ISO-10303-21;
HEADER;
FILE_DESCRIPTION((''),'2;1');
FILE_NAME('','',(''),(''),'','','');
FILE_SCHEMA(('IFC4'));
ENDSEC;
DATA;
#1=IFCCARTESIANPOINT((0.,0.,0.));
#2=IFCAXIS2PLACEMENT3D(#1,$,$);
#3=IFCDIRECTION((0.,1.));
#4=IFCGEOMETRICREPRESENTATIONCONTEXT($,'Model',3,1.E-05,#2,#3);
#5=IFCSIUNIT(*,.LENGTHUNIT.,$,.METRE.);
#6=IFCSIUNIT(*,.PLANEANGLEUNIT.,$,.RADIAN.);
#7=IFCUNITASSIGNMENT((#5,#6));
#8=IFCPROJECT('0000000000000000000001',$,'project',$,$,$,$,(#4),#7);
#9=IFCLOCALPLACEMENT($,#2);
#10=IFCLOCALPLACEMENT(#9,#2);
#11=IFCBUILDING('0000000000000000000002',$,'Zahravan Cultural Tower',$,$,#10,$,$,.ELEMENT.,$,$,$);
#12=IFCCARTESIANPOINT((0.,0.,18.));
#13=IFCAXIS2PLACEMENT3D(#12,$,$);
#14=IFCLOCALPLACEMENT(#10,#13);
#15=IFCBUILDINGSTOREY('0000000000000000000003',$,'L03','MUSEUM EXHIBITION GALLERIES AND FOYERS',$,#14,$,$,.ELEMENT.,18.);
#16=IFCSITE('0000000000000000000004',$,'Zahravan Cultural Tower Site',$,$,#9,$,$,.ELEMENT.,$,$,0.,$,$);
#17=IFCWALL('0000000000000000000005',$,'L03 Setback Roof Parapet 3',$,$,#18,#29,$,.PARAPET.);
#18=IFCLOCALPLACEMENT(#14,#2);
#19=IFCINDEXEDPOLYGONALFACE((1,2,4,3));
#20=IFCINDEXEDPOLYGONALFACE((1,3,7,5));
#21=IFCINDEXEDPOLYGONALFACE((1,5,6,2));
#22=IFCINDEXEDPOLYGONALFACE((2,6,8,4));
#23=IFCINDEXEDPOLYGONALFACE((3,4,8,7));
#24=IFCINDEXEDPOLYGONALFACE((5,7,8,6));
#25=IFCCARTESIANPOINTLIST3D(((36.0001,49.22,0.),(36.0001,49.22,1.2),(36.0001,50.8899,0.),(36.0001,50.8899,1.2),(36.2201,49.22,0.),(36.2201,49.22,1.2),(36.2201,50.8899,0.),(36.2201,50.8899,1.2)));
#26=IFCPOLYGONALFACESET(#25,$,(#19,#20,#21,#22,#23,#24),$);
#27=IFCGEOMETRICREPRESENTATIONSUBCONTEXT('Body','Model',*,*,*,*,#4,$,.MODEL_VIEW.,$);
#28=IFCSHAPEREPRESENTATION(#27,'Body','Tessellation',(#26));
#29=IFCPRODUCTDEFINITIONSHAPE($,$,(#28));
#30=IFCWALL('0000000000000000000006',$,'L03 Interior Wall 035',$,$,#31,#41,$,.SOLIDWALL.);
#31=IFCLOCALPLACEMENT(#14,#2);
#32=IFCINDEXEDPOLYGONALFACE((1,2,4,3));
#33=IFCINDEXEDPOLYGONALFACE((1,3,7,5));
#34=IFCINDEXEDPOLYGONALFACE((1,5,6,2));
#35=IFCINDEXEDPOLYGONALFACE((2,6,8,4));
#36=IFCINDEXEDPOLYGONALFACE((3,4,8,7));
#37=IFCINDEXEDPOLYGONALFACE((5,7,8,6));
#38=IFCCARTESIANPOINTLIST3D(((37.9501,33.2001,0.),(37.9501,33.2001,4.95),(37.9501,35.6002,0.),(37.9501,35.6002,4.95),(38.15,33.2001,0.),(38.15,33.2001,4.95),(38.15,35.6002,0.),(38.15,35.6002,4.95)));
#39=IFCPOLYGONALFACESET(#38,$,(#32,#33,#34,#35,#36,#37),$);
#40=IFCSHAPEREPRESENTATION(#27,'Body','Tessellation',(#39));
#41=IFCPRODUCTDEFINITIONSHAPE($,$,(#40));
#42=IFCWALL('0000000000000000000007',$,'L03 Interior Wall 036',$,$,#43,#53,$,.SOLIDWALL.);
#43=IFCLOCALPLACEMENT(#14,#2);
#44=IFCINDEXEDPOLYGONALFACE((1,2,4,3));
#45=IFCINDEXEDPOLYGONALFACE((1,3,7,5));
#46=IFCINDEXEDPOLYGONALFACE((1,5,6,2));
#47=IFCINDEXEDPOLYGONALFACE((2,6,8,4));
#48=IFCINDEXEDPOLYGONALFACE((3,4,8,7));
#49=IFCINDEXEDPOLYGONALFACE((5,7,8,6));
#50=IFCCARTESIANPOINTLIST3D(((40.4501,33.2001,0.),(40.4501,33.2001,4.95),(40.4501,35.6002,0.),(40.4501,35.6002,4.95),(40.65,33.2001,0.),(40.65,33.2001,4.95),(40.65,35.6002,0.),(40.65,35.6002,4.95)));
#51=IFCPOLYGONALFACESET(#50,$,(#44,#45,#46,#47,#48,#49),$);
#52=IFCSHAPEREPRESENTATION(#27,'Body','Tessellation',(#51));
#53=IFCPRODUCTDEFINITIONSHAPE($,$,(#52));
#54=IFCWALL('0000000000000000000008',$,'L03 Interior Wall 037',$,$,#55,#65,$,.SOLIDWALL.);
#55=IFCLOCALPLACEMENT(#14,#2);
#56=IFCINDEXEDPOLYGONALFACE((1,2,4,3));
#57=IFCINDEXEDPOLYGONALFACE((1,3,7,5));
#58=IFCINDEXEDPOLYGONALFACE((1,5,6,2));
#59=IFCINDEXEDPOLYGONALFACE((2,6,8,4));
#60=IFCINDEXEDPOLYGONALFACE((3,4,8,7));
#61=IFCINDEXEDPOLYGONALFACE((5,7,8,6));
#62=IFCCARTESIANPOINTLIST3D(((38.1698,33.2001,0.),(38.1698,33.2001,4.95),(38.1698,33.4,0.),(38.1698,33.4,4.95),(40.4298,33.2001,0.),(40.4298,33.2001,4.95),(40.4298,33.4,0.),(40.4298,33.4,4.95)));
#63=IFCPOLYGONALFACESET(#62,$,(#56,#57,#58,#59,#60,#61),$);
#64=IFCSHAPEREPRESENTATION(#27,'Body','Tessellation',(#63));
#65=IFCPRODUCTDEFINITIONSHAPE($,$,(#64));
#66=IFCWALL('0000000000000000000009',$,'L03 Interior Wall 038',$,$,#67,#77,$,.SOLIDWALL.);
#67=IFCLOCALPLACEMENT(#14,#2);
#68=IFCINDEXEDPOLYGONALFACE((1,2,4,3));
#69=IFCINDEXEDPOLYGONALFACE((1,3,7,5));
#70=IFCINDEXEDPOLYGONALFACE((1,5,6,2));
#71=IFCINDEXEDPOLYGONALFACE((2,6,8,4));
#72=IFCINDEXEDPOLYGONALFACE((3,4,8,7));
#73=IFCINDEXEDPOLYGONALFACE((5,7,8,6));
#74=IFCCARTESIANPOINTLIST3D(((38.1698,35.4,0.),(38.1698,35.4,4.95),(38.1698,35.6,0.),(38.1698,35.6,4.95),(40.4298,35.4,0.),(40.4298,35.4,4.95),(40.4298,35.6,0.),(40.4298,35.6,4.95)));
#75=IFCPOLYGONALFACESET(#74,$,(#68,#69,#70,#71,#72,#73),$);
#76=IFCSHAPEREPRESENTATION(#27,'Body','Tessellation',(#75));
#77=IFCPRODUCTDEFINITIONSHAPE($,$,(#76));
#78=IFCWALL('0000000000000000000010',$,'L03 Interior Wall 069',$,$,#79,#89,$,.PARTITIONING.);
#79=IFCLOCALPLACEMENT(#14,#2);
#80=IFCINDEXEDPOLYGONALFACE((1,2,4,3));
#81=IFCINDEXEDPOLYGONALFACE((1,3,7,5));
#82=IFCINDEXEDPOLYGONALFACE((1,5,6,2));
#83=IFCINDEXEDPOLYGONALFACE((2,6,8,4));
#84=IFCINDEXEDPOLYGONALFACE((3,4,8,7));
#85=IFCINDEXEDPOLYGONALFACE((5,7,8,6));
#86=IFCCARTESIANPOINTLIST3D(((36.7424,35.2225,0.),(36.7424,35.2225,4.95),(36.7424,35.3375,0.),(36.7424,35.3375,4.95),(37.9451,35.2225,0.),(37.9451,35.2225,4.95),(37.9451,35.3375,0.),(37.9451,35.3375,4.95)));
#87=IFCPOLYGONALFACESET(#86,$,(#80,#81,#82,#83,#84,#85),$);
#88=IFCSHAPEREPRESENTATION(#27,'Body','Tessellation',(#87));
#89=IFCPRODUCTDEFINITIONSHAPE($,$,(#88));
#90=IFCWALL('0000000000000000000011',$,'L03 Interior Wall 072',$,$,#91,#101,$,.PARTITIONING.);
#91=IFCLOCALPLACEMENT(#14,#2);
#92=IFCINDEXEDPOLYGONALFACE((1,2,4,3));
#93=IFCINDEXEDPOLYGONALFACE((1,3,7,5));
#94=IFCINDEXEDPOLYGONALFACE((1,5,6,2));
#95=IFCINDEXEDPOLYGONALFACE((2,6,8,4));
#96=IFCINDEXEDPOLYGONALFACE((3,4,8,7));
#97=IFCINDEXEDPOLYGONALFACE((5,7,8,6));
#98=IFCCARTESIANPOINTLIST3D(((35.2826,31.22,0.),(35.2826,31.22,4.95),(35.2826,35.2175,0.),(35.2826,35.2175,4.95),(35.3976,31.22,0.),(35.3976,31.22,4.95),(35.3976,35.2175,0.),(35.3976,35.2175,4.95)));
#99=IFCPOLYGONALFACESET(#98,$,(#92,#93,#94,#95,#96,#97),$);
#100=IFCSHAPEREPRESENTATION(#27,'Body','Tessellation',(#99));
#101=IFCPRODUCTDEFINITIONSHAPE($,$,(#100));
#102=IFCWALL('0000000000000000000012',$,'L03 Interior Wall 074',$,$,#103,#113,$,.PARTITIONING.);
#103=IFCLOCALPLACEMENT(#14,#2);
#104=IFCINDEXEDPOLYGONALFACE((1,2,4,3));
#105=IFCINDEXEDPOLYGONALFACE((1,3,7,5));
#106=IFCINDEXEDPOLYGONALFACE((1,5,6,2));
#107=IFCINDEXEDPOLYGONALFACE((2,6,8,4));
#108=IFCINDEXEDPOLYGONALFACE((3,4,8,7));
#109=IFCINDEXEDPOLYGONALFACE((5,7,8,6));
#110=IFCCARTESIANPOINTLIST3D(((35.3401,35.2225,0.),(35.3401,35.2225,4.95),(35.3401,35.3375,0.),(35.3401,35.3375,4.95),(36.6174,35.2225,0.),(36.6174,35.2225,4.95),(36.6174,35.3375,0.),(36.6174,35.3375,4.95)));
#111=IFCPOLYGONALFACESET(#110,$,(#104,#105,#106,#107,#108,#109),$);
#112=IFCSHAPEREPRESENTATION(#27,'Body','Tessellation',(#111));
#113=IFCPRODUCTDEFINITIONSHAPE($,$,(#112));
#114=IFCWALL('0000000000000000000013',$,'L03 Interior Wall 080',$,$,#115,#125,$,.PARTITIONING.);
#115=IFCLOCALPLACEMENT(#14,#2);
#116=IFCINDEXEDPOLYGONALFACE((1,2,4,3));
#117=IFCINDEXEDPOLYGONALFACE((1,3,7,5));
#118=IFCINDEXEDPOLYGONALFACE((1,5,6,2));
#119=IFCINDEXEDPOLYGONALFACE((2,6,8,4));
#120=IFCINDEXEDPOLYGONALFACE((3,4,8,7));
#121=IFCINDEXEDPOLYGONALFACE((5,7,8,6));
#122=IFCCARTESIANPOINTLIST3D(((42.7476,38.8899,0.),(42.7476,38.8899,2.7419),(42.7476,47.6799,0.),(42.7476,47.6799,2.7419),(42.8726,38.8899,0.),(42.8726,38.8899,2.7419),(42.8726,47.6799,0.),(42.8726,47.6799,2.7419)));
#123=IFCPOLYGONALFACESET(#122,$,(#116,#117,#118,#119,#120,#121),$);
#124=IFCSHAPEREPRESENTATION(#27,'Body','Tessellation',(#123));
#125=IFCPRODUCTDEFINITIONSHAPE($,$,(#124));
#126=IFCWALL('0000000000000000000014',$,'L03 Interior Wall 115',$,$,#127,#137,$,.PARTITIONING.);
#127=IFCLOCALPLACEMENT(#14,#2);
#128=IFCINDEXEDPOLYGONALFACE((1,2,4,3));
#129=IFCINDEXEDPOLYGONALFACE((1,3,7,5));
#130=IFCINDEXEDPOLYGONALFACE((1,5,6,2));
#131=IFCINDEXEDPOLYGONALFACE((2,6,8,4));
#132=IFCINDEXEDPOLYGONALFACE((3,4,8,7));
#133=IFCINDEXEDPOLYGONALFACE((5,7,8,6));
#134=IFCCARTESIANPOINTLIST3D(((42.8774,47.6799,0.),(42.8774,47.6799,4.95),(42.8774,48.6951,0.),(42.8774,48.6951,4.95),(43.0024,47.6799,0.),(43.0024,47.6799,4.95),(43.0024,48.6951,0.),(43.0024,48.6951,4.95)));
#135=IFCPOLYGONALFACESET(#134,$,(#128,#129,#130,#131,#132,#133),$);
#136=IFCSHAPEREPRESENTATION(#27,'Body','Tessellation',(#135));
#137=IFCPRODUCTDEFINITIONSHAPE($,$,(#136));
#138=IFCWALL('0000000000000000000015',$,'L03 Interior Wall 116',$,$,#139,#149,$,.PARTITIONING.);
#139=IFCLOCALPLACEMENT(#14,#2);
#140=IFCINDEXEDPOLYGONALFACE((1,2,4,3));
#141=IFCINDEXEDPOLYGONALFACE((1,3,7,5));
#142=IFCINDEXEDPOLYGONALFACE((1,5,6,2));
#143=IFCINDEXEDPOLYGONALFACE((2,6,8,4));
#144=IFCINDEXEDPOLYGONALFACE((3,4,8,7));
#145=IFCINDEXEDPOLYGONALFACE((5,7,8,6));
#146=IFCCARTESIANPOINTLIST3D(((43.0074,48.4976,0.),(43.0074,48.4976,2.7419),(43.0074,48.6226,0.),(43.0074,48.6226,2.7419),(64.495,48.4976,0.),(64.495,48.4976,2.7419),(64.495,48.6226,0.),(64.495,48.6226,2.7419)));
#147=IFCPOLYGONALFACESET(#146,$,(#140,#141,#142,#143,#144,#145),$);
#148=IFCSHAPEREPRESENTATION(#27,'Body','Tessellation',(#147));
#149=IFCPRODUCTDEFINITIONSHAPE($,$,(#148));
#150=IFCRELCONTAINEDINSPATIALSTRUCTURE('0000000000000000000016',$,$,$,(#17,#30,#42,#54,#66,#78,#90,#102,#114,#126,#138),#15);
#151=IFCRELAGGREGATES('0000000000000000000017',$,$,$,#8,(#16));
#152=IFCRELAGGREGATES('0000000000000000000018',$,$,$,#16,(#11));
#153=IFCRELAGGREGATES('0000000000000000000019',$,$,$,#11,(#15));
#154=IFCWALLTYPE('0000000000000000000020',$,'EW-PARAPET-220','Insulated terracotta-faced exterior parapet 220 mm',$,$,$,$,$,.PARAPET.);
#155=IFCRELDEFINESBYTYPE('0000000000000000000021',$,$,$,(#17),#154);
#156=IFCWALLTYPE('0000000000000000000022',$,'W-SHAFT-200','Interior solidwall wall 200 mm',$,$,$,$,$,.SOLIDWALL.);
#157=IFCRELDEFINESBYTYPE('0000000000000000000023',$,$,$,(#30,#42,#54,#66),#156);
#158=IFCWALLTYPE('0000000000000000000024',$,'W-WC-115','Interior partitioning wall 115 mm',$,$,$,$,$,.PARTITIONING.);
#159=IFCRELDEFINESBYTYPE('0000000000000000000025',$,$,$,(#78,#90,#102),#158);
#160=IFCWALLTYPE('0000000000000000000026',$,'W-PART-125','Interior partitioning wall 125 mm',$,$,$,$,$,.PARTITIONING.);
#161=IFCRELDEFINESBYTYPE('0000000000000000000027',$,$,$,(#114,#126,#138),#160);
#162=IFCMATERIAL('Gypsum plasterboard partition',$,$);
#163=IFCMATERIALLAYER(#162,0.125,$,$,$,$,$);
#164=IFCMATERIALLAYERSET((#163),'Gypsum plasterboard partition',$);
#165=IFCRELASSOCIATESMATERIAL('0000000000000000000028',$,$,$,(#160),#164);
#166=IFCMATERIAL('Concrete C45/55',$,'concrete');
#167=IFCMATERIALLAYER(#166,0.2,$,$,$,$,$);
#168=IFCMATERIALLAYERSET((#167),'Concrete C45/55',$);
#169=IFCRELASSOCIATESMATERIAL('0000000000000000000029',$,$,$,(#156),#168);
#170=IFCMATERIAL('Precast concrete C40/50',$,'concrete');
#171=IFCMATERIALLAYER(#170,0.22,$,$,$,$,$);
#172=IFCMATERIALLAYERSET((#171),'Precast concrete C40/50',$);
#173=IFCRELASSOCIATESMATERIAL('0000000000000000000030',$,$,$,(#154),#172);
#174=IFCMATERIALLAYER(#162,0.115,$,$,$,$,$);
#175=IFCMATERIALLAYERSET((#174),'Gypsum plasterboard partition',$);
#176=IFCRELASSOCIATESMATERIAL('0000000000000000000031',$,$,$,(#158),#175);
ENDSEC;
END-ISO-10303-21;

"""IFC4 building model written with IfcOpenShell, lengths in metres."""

from ifc_helpers import new_model, si_unit, direction, frame, frame_2d, origin, place, context, subcontext, project, spatial, rectangle, extrude, source, transform, mapped, material, layer, layer_set, type_object, element, save


model = new_model("IFC4")

# Units and contexts
model_context = context("Model", 3, precision=1e-05, world=origin(), true_north=direction((0.0, 1.0)))
body_context = subcontext(model_context, "Body", "Model", "MODEL_VIEW")
ifc_project = project(units=[si_unit("LENGTHUNIT", "METRE"), si_unit("PLANEANGLEUNIT", "RADIAN")], contexts=[model_context])

# Site, building, storey
site_placement = place(None, origin())
site = spatial("IfcSite", under=ifc_project, at=site_placement, Name="Zahravan Cultural Tower Site", CompositionType="ELEMENT", RefElevation=0.0)
building_placement = place(site_placement, origin())
building = spatial("IfcBuilding", under=site, at=building_placement, Name="Zahravan Cultural Tower", CompositionType="ELEMENT")
storey_placement = place(building_placement, frame((0.0, 0.0, 18.0)))
storey = spatial("IfcBuildingStorey", under=building, at=storey_placement, Name="L03", Description="MUSEUM EXHIBITION GALLERIES AND FOYERS", CompositionType="ELEMENT", Elevation=18.0)

# Shared definitions
ifc_material_1 = material(Name="Gypsum plasterboard partition")
ifc_layer_1 = layer(ifc_material_1, 0.125)
ifc_layer_set_1 = layer_set([ifc_layer_1], Name="Gypsum plasterboard partition")
wall_type_1 = type_object("IfcWallType", Name="W-PART-125", Description="Interior partitioning wall 125 mm", PredefinedType="PARTITIONING", material=ifc_layer_set_1)
ifc_material_2 = material(Name="Concrete C45/55", Category="concrete")
ifc_layer_2 = layer(ifc_material_2, 0.2)
ifc_layer_set_2 = layer_set([ifc_layer_2], Name="Concrete C45/55")
wall_type_2 = type_object("IfcWallType", Name="W-SHAFT-200", Description="Interior solidwall wall 200 mm", PredefinedType="SOLIDWALL", material=ifc_layer_set_2)

# Walls
ifc_material_3 = material(Name="Precast concrete C40/50", Category="concrete")
ifc_layer_3 = layer(ifc_material_3, 0.22)
ifc_layer_set_3 = layer_set([ifc_layer_3], Name="Precast concrete C40/50")
wall_type_3 = type_object("IfcWallType", Name="EW-PARAPET-220", Description="Insulated terracotta-faced exterior parapet 220 mm", PredefinedType="PARAPET", material=ifc_layer_set_3)
shared_shape_1 = source(origin(), body_context, "Body", "SweptSolid", [
    extrude(rectangle(XDim=1.6699, YDim=0.22, at=frame_2d((0.835, 0.0))), origin(), (0.0, 0.0, 1.0), 1.2),
])
for number, where, z_axis, x_axis, name in (
    (1, (36.1101, 49.22, 0.0), (0.0, 0.0, 1.0), (0.0, 1.0, 0.0), "L03 Setback Roof Parapet 3"),
):
    element("IfcWall", number, at=place(storey_placement, frame(where, z_axis=z_axis, x_axis=x_axis)), inside=storey, type_object=wall_type_3, Name=name, PredefinedType="PARAPET", context=body_context, shape_type="MappedRepresentation", body=[
        mapped(shared_shape_1, transform((0.0, 0.0, 0.0), x_axis=(1.0, 0.0, 0.0), y_axis=(0.0, 1.0, 0.0), z_axis=(0.0, 0.0, 1.0), scale=1.0)),
    ])
shared_shape_2 = source(origin(), body_context, "Body", "SweptSolid", [
    extrude(rectangle(XDim=2.4001, YDim=0.2, at=frame_2d((1.2002, 0.0))), origin(), (0.0, 0.0, 1.0), 4.95),
])
for number, where, z_axis, x_axis, name in (
    (2, (38.05, 33.2, 0.0), (0.0, 0.0, 1.0), (0.0, 1.0, 0.0), "L03 Interior Wall 035"),
    (3, (40.55, 33.2, 0.0), (0.0, 0.0, 1.0), (0.0, 1.0, 0.0), "L03 Interior Wall 036"),
):
    element("IfcWall", number, at=place(storey_placement, frame(where, z_axis=z_axis, x_axis=x_axis)), inside=storey, type_object=wall_type_2, Name=name, PredefinedType="SOLIDWALL", context=body_context, shape_type="MappedRepresentation", body=[
        mapped(shared_shape_2, transform((0.0, 0.0, 0.0), x_axis=(1.0, 0.0, 0.0), y_axis=(0.0, 1.0, 0.0), z_axis=(0.0, 0.0, 1.0), scale=1.0)),
    ])
shared_shape_3 = source(origin(), body_context, "Body", "SweptSolid", [
    extrude(rectangle(XDim=2.26, YDim=0.2, at=frame_2d((1.1299, 0.0))), origin(), (0.0, 0.0, 1.0), 4.95),
])
for number, where, z_axis, x_axis, name in (
    (4, (38.1699, 33.3, 0.0), (0.0, 0.0, 1.0), (1.0, 0.0, 0.0), "L03 Interior Wall 037"),
    (5, (38.1699, 35.5, 0.0), (0.0, 0.0, 1.0), (1.0, 0.0, 0.0), "L03 Interior Wall 038"),
):
    element("IfcWall", number, at=place(storey_placement, frame(where, z_axis=z_axis, x_axis=x_axis)), inside=storey, type_object=wall_type_2, Name=name, PredefinedType="SOLIDWALL", context=body_context, shape_type="MappedRepresentation", body=[
        mapped(shared_shape_3, transform((0.0, 0.0, 0.0), x_axis=(1.0, 0.0, 0.0), y_axis=(0.0, 1.0, 0.0), z_axis=(0.0, 0.0, 1.0), scale=1.0)),
    ])
ifc_layer_4 = layer(ifc_material_1, 0.115)
ifc_layer_set_4 = layer_set([ifc_layer_4], Name="Gypsum plasterboard partition")
wall_type_4 = type_object("IfcWallType", Name="W-WC-115", Description="Interior partitioning wall 115 mm", PredefinedType="PARTITIONING", material=ifc_layer_set_4)
shared_shape_4 = source(origin(), body_context, "Body", "SweptSolid", [
    extrude(rectangle(XDim=1.2026, YDim=0.115, at=frame_2d((0.6013, 0.0))), origin(), (0.0, 0.0, 1.0), 4.95),
])
wall_1_placement = place(storey_placement, frame((36.7424, 35.28, 0.0), z_axis=(0.0, 0.0, 1.0), x_axis=(1.0, 0.0, 0.0)))
element("IfcWall", 6, at=wall_1_placement, inside=storey, type_object=wall_type_4, Name="L03 Interior Wall 069", PredefinedType="PARTITIONING", context=body_context, shape_type="MappedRepresentation", body=[
    mapped(shared_shape_4, transform((0.0, 0.0, 0.0), x_axis=(1.0, 0.0, 0.0), y_axis=(0.0, 1.0, 0.0), z_axis=(0.0, 0.0, 1.0), scale=1.0)),
])
shared_shape_5 = source(origin(), body_context, "Body", "SweptSolid", [
    extrude(rectangle(XDim=3.9976, YDim=0.115, at=frame_2d((1.9988, 0.0))), origin(), (0.0, 0.0, 1.0), 4.95),
])
wall_2_placement = place(storey_placement, frame((35.3401, 35.2175, 0.0), z_axis=(0.0, 0.0, 1.0), x_axis=(0.0, -1.0, 0.0)))
element("IfcWall", 7, at=wall_2_placement, inside=storey, type_object=wall_type_4, Name="L03 Interior Wall 072", PredefinedType="PARTITIONING", context=body_context, shape_type="MappedRepresentation", body=[
    mapped(shared_shape_5, transform((0.0, 0.0, 0.0), x_axis=(1.0, 0.0, 0.0), y_axis=(0.0, 1.0, 0.0), z_axis=(0.0, 0.0, 1.0), scale=1.0)),
])
shared_shape_6 = source(origin(), body_context, "Body", "SweptSolid", [
    extrude(rectangle(XDim=1.2773, YDim=0.115, at=frame_2d((0.6387, 0.0))), origin(), (0.0, 0.0, 1.0), 4.95),
])
wall_3_placement = place(storey_placement, frame((35.3401, 35.28, 0.0), z_axis=(0.0, 0.0, 1.0), x_axis=(1.0, 0.0, 0.0)))
element("IfcWall", 8, at=wall_3_placement, inside=storey, type_object=wall_type_4, Name="L03 Interior Wall 074", PredefinedType="PARTITIONING", context=body_context, shape_type="MappedRepresentation", body=[
    mapped(shared_shape_6, transform((0.0, 0.0, 0.0), x_axis=(1.0, 0.0, 0.0), y_axis=(0.0, 1.0, 0.0), z_axis=(0.0, 0.0, 1.0), scale=1.0)),
])
shared_shape_7 = source(origin(), body_context, "Body", "SweptSolid", [
    extrude(rectangle(XDim=8.79, YDim=0.125, at=frame_2d((4.395, 0.0))), origin(), (0.0, 0.0, 1.0), 2.7419),
])
wall_4_placement = place(storey_placement, frame((42.8101, 47.6799, 0.0), z_axis=(0.0, 0.0, 1.0), x_axis=(0.0, -1.0, 0.0)))
element("IfcWall", 9, at=wall_4_placement, inside=storey, type_object=wall_type_1, Name="L03 Interior Wall 080", PredefinedType="PARTITIONING", context=body_context, shape_type="MappedRepresentation", body=[
    mapped(shared_shape_7, transform((0.0, 0.0, 0.0), x_axis=(1.0, 0.0, 0.0), y_axis=(0.0, 1.0, 0.0), z_axis=(0.0, 0.0, 1.0), scale=1.0)),
])
shared_shape_8 = source(origin(), body_context, "Body", "SweptSolid", [
    extrude(rectangle(XDim=1.0151, YDim=0.125, at=frame_2d((0.5076, 0.0))), origin(), (0.0, 0.0, 1.0), 4.95),
])
wall_5_placement = place(storey_placement, frame((42.9399, 47.6799, 0.0), z_axis=(0.0, 0.0, 1.0), x_axis=(0.0, 1.0, 0.0)))
element("IfcWall", 10, at=wall_5_placement, inside=storey, type_object=wall_type_1, Name="L03 Interior Wall 115", PredefinedType="PARTITIONING", context=body_context, shape_type="MappedRepresentation", body=[
    mapped(shared_shape_8, transform((0.0, 0.0, 0.0), x_axis=(1.0, 0.0, 0.0), y_axis=(0.0, 1.0, 0.0), z_axis=(0.0, 0.0, 1.0), scale=1.0)),
])
shared_shape_9 = source(origin(), body_context, "Body", "SweptSolid", [
    extrude(rectangle(XDim=21.4875, YDim=0.125, at=frame_2d((10.7437, 0.0))), origin(), (0.0, 0.0, 1.0), 2.7419),
])
wall_6_placement = place(storey_placement, frame((43.0076, 48.5601, 0.0), z_axis=(0.0, 0.0, 1.0), x_axis=(1.0, 0.0, 0.0)))
element("IfcWall", 11, at=wall_6_placement, inside=storey, type_object=wall_type_1, Name="L03 Interior Wall 116", PredefinedType="PARTITIONING", context=body_context, shape_type="MappedRepresentation", body=[
    mapped(shared_shape_9, transform((0.0, 0.0, 0.0), x_axis=(1.0, 0.0, 0.0), y_axis=(0.0, 1.0, 0.0), z_axis=(0.0, 0.0, 1.0), scale=1.0)),
])

save(model, "model.ifc")
